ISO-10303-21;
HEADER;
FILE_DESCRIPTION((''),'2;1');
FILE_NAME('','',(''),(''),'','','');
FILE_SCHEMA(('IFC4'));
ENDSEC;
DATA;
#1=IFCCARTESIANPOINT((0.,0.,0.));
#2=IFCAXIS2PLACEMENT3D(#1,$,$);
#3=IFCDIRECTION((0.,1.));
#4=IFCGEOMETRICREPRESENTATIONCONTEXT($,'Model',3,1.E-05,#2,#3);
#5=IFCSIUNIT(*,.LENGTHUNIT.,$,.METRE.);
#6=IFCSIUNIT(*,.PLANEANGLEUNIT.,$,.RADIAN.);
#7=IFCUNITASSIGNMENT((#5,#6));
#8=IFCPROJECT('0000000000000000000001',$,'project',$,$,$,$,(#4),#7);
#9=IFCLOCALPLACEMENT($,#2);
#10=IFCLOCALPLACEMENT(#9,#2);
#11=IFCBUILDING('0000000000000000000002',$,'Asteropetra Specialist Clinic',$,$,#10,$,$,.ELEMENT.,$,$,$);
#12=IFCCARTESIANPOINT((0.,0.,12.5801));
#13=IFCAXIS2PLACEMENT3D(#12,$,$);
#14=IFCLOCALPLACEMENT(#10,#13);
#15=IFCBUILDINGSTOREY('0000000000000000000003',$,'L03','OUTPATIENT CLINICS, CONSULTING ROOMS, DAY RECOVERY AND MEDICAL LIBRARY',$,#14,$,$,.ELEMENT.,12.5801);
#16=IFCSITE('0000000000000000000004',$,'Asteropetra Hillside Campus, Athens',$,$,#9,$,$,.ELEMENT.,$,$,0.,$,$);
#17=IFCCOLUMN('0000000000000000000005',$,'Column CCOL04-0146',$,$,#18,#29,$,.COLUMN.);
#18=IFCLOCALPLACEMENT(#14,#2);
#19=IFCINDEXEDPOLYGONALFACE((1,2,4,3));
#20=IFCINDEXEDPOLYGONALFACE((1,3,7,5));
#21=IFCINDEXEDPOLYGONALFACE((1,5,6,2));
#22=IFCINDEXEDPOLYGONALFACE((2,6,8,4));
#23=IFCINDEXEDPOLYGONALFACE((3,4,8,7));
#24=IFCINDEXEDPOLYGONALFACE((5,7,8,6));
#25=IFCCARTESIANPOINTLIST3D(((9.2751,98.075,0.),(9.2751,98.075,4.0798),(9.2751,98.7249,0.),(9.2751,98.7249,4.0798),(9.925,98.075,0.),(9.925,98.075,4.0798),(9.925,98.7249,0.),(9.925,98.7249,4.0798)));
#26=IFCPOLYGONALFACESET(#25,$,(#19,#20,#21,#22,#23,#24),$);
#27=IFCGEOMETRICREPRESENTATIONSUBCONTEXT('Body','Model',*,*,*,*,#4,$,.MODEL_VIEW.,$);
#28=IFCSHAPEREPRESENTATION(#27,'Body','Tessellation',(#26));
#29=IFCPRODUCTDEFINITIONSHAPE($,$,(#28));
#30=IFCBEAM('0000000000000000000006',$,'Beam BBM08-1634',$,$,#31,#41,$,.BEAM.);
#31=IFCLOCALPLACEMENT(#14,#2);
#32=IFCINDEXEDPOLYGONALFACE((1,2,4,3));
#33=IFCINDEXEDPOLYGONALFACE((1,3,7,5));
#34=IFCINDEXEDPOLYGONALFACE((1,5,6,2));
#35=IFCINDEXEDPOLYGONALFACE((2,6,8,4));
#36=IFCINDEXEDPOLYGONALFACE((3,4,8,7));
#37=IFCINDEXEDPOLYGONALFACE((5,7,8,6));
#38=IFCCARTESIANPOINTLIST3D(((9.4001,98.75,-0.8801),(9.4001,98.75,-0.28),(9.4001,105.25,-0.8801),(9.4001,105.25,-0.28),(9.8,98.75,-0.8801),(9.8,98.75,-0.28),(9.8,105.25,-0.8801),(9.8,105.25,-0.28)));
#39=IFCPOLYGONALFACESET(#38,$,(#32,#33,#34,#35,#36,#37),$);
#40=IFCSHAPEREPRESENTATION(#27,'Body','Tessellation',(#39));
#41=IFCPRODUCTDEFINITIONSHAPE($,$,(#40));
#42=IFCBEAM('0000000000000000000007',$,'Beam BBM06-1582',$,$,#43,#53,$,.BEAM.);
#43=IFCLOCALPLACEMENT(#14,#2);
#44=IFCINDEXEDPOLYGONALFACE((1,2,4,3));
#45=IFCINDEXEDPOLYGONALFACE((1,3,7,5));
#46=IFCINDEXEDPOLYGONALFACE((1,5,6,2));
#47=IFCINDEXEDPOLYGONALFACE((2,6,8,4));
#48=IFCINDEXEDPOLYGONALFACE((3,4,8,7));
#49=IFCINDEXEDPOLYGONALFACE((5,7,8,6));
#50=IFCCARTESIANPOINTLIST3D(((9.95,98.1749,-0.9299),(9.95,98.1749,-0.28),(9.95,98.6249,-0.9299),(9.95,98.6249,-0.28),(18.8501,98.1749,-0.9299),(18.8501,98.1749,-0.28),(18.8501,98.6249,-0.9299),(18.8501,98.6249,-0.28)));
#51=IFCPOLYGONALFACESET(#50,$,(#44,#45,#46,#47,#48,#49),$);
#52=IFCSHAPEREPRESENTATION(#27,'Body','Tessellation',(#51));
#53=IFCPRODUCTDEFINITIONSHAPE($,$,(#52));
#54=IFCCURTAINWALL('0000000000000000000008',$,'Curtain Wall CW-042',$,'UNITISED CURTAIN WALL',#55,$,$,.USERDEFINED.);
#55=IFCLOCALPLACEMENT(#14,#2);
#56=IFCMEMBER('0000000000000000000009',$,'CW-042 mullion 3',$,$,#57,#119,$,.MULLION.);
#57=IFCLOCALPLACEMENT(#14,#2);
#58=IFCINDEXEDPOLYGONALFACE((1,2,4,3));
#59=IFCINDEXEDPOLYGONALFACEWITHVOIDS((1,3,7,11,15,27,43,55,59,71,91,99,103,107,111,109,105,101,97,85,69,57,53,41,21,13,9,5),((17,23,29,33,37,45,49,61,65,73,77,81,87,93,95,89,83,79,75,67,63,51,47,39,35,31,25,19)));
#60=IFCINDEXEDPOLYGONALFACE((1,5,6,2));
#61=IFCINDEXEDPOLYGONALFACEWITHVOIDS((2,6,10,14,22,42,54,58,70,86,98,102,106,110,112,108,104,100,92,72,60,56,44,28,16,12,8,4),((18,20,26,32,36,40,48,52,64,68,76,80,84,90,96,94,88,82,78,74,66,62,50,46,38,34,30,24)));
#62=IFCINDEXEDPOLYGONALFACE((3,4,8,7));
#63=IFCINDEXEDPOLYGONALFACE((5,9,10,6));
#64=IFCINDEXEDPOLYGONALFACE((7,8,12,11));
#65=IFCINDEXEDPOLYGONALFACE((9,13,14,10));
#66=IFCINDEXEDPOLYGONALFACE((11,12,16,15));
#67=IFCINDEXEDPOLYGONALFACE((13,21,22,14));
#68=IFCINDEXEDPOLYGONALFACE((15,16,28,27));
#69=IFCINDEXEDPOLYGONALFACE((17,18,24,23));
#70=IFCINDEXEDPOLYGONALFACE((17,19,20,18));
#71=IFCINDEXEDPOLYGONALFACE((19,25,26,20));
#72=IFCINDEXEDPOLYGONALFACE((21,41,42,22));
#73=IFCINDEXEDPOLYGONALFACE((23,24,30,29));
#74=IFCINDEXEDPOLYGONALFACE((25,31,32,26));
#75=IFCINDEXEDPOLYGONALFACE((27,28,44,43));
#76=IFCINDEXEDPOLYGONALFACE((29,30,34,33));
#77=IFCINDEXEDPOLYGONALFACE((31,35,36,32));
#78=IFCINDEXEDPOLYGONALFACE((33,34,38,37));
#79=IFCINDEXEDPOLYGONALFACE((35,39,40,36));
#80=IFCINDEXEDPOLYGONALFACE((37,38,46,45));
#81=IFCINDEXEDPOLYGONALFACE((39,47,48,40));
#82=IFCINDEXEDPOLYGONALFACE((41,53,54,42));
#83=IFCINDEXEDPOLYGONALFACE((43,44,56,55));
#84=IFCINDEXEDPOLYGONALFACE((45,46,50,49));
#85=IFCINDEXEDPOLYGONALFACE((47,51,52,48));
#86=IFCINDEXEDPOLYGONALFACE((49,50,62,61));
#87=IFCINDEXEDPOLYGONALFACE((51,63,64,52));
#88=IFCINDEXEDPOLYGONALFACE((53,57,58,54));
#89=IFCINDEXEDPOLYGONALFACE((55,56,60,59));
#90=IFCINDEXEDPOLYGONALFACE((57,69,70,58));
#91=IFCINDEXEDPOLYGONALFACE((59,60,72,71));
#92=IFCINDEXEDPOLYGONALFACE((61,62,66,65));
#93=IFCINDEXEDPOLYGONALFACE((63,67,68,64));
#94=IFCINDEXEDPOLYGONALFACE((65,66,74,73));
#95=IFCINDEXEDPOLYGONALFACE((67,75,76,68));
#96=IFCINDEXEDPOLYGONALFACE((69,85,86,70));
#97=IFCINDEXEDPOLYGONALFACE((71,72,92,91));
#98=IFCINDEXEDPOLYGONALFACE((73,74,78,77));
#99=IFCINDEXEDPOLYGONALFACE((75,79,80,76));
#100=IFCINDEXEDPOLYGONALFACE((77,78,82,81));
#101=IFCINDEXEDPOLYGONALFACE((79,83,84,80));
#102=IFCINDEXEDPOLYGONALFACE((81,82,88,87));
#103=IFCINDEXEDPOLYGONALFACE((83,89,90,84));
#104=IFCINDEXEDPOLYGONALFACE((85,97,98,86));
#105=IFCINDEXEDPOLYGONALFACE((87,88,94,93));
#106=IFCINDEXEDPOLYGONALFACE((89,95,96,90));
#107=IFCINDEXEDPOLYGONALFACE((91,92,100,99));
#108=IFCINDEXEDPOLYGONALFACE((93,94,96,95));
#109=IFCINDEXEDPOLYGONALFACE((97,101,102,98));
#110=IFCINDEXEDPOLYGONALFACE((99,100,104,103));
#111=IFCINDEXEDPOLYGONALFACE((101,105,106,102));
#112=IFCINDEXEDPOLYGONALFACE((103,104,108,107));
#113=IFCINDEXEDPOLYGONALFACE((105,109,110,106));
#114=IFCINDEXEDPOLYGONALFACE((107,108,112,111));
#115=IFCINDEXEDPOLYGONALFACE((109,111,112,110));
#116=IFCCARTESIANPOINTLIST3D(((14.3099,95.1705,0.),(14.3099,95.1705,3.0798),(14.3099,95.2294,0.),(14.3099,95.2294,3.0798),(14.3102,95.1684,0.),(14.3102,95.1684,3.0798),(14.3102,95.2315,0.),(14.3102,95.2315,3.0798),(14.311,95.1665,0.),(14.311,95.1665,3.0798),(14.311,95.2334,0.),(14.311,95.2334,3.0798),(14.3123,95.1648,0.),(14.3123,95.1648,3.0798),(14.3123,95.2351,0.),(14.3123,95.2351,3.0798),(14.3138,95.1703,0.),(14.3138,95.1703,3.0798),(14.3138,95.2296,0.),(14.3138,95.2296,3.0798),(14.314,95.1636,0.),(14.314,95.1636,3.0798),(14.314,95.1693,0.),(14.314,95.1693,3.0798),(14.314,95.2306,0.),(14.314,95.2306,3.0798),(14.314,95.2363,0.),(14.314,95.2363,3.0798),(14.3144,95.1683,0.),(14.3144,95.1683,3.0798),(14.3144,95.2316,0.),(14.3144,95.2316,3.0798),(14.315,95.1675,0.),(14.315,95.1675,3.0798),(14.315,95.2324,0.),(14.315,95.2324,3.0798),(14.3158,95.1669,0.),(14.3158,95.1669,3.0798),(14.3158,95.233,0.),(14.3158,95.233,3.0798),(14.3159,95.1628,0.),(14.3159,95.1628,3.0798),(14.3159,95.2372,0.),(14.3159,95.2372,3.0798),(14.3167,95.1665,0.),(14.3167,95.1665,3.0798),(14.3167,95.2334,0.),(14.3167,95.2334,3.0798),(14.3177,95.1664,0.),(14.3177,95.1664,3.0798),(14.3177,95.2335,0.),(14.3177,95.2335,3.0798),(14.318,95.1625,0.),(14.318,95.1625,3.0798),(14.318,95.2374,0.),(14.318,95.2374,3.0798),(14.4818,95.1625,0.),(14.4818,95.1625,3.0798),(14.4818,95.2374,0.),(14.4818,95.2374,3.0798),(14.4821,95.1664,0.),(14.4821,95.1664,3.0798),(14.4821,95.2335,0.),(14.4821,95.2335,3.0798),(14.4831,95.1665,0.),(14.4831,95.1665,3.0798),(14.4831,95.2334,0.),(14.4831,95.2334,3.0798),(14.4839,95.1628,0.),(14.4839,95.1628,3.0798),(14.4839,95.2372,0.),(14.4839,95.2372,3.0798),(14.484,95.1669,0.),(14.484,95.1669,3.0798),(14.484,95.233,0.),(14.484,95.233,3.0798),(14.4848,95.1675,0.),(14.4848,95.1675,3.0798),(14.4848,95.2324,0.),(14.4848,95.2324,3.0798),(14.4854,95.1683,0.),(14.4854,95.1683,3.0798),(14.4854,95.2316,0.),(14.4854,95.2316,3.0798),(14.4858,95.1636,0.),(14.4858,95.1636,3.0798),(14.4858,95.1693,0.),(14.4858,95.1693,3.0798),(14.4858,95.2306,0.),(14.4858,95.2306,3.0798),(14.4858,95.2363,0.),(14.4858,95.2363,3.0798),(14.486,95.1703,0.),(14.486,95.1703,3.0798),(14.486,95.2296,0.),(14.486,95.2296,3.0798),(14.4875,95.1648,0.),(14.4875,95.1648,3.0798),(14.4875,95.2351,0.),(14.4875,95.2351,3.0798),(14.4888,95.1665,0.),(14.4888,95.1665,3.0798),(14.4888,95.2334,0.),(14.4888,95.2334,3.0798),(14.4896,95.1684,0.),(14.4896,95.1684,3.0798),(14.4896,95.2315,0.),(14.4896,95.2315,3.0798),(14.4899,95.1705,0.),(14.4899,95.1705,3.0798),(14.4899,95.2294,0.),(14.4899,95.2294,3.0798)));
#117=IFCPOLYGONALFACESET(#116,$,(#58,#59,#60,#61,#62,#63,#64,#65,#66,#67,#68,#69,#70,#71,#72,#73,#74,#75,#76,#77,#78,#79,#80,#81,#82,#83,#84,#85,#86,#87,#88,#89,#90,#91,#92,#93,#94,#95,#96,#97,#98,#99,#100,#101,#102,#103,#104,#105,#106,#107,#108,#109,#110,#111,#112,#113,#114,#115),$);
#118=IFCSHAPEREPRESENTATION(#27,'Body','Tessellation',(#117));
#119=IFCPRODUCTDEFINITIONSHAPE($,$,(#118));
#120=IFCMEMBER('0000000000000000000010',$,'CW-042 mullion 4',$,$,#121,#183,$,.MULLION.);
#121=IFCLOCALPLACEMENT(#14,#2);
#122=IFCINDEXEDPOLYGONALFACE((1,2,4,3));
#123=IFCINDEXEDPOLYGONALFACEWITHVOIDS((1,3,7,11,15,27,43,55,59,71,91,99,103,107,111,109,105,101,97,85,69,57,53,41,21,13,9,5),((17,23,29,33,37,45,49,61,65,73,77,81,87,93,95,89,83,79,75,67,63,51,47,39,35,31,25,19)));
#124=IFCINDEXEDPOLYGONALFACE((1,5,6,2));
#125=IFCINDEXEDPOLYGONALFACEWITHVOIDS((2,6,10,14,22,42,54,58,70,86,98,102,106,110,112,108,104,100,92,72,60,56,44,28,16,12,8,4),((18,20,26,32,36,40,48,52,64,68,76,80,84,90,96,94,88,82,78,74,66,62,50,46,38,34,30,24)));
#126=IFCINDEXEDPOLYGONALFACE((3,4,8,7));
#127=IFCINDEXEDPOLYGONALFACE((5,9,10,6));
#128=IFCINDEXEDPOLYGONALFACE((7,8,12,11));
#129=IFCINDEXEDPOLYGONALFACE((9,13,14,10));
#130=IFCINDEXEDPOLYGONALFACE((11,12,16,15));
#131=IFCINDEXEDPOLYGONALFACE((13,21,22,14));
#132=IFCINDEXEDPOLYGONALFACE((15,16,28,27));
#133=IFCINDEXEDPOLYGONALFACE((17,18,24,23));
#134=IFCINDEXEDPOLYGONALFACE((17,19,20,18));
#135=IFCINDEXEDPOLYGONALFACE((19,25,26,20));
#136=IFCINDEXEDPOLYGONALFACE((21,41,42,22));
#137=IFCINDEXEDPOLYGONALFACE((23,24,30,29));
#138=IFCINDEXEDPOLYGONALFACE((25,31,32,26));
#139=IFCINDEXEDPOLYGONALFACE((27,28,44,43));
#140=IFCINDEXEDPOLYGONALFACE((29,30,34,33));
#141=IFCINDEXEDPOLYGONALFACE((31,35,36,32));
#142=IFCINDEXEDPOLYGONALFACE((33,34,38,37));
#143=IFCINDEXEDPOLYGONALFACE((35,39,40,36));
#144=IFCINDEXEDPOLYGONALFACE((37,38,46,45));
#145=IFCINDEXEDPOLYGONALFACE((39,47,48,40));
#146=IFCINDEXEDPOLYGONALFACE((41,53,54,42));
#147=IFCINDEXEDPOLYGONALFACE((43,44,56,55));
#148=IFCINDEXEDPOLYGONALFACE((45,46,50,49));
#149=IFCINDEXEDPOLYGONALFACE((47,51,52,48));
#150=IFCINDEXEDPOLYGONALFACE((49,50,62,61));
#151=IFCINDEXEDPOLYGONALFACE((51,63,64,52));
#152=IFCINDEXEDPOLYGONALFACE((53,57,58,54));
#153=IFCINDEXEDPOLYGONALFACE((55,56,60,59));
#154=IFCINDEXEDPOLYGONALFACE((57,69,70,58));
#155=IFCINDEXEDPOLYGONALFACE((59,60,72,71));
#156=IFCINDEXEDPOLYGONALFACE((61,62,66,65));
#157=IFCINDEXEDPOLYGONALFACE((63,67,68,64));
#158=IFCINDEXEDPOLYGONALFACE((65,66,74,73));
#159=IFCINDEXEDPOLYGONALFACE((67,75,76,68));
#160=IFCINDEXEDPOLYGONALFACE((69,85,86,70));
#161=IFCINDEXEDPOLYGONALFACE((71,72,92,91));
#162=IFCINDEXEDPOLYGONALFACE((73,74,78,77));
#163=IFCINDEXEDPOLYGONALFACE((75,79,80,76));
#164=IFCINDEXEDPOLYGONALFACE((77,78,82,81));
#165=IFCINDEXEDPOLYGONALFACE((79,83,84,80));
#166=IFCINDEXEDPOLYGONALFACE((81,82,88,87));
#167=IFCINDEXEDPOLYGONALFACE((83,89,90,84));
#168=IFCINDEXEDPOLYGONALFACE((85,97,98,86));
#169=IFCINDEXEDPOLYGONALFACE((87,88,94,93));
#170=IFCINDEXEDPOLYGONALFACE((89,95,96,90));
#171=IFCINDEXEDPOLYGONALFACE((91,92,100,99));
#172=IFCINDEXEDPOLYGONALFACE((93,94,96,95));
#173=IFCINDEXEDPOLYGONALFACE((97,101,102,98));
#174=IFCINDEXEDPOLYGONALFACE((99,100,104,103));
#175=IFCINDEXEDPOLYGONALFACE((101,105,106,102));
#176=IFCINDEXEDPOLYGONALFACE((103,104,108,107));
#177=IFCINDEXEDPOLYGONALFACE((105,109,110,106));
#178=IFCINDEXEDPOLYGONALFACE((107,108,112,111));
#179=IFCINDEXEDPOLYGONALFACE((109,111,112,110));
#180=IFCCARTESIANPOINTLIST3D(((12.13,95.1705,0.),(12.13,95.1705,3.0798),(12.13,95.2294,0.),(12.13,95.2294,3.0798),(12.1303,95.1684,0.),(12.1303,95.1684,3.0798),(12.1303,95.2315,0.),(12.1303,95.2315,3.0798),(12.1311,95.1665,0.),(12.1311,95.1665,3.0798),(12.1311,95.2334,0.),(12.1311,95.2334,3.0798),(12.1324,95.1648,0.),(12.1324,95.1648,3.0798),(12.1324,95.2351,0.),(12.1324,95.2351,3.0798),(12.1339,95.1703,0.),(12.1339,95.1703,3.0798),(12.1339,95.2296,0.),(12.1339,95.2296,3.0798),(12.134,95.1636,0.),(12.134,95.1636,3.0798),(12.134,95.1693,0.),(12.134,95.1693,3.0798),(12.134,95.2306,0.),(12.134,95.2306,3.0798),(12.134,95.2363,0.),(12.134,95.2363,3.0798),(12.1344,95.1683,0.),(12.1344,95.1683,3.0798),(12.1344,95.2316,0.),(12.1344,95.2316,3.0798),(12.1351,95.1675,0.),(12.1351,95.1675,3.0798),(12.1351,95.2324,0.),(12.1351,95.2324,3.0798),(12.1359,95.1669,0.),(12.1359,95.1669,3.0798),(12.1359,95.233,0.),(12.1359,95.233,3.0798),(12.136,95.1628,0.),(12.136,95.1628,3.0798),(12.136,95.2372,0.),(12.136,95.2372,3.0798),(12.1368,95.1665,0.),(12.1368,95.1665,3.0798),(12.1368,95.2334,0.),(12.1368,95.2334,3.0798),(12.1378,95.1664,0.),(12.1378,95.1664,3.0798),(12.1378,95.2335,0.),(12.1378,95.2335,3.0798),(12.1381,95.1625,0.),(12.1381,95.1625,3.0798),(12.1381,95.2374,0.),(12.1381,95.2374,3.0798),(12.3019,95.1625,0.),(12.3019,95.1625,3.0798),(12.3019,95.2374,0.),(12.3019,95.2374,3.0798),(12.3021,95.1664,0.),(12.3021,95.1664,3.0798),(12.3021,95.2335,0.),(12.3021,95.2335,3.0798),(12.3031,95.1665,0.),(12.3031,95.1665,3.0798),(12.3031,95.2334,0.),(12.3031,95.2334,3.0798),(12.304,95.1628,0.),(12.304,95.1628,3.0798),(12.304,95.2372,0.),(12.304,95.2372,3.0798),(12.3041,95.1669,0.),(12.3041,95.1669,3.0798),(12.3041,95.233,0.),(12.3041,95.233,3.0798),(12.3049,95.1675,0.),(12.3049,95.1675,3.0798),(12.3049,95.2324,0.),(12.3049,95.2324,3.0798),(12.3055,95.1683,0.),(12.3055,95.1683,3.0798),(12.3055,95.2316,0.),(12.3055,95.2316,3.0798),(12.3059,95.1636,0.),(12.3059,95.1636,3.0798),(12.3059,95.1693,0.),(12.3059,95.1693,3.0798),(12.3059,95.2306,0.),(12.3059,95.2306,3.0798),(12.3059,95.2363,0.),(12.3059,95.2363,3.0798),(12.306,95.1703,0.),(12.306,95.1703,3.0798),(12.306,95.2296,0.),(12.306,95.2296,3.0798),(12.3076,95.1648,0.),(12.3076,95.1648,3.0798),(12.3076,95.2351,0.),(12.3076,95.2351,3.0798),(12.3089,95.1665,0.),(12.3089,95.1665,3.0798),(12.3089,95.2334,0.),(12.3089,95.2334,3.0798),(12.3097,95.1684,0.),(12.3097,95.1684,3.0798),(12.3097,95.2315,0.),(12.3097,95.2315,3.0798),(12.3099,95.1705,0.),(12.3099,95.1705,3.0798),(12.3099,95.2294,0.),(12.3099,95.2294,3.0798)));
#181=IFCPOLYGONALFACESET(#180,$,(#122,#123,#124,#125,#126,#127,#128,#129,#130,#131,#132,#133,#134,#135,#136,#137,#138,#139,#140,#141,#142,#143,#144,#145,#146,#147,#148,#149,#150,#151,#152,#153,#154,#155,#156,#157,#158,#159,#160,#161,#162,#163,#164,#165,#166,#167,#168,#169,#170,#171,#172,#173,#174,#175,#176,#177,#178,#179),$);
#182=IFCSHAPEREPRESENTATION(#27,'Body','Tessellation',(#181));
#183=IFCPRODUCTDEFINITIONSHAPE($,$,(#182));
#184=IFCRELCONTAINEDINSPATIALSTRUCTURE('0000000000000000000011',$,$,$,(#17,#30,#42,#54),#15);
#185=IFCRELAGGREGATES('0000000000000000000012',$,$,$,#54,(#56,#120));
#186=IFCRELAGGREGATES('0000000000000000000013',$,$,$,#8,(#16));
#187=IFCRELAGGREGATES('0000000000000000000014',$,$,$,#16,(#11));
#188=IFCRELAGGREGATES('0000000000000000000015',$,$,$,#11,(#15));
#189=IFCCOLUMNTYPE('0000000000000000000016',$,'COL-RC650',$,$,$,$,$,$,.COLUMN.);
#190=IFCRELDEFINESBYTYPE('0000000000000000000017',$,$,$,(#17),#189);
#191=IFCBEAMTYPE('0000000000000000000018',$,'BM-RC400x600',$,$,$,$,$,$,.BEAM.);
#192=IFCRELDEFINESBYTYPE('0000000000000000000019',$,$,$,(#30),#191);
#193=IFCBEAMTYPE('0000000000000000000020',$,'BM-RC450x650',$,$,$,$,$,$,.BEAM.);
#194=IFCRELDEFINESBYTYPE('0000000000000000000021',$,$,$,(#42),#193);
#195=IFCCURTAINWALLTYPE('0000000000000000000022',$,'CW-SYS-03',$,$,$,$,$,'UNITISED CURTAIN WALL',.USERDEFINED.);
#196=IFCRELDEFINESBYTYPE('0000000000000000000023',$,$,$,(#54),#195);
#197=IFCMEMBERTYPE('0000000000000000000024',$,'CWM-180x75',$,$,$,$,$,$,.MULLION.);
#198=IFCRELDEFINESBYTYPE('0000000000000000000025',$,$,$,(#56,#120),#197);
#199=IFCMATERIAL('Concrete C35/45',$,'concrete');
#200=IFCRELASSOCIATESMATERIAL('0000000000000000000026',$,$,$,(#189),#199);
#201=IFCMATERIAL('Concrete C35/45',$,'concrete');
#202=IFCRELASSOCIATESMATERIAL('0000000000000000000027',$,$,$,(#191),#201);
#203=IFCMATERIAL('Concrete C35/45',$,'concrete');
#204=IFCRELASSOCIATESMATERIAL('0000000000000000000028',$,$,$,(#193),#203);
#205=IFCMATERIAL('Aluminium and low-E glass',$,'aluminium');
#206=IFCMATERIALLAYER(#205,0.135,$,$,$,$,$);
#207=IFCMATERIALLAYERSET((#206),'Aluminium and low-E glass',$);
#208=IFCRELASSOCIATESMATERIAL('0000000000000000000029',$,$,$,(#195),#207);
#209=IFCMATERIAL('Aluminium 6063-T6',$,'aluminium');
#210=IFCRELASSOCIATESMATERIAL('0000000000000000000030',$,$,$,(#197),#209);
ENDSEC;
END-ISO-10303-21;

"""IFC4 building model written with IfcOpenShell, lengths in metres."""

from ifc_helpers import new_model, si_unit, direction, frame, origin, origin_2d, place, context, subcontext, project, spatial, rectangle, hollow_rectangle, extrude, material, layer, layer_set, material_profile, profile_set, type_object, element, aggregate, save


model = new_model("IFC4")

# Units and contexts
model_context = context("Model", 3, precision=1e-05, world=origin(), true_north=direction((0.0, 1.0)))
body_context = subcontext(model_context, "Body", "Model", "MODEL_VIEW")
ifc_project = project(units=[si_unit("LENGTHUNIT", "METRE"), si_unit("PLANEANGLEUNIT", "RADIAN")], contexts=[model_context])

# Site, building, storey
site_placement = place(None, origin())
site = spatial("IfcSite", under=ifc_project, at=site_placement, Name="Asteropetra Hillside Campus, Athens", CompositionType="ELEMENT", RefElevation=0.0)
building_placement = place(site_placement, origin())
building = spatial("IfcBuilding", under=site, at=building_placement, Name="Asteropetra Specialist Clinic", CompositionType="ELEMENT")
storey_placement = place(building_placement, frame((0.0, 0.0, 12.5801)))
storey = spatial("IfcBuildingStorey", under=building, at=storey_placement, Name="L03", Description="OUTPATIENT CLINICS, CONSULTING ROOMS, DAY RECOVERY AND MEDICAL LIBRARY", CompositionType="ELEMENT", Elevation=12.5801)

# Column
ifc_material_1 = material(Name="Concrete C35/45", Category="concrete")
ifc_material_profile_1 = material_profile(ifc_material_1, rectangle(XDim=0.6499, YDim=0.6499, at=origin_2d()), Name="RC 650x650")
ifc_profile_set_1 = profile_set([ifc_material_profile_1], Name="Concrete C35/45")
column_type = type_object("IfcColumnType", Name="COL-RC650", PredefinedType="COLUMN", material=ifc_profile_set_1)
column_placement = place(storey_placement, frame((9.6001, 98.3999, 0.0), z_axis=(0.0, 0.0, 1.0), x_axis=(1.0, 0.0, 0.0)))
element("IfcColumn", 1, at=column_placement, inside=storey, type_object=column_type, Name="Column CCOL04-0146", PredefinedType="COLUMN", context=body_context, shape_type="SweptSolid", body=[
    extrude(rectangle(XDim=0.6499, YDim=0.6499, at=origin_2d()), origin(), (0.0, 0.0, 1.0), 4.0798),
])

# Beams
ifc_material_2 = material(Name="Concrete C35/45", Category="concrete")
ifc_material_profile_2 = material_profile(ifc_material_2, rectangle(XDim=0.3999, YDim=0.6001, at=origin_2d()), Name="RCB 400x600")
ifc_profile_set_2 = profile_set([ifc_material_profile_2], Name="Concrete C35/45")
beam_type_1 = type_object("IfcBeamType", Name="BM-RC400x600", PredefinedType="BEAM", material=ifc_profile_set_2)
beam_1_placement = place(storey_placement, frame((9.6001, 98.75, -0.5801), z_axis=(0.0, 1.0, 0.0), x_axis=(-1.0, 0.0, 0.0)))
element("IfcBeam", 2, at=beam_1_placement, inside=storey, type_object=beam_type_1, Name="Beam BBM08-1634", PredefinedType="BEAM", context=body_context, shape_type="SweptSolid", body=[
    extrude(rectangle(XDim=0.3999, YDim=0.6001, at=origin_2d()), origin(), (0.0, 0.0, 1.0), 6.5),
])
ifc_material_3 = material(Name="Concrete C35/45", Category="concrete")
ifc_material_profile_3 = material_profile(ifc_material_3, rectangle(XDim=0.45, YDim=0.6499, at=origin_2d()), Name="RCB 450x650")
ifc_profile_set_3 = profile_set([ifc_material_profile_3], Name="Concrete C35/45")
beam_type_2 = type_object("IfcBeamType", Name="BM-RC450x650", PredefinedType="BEAM", material=ifc_profile_set_3)
beam_2_placement = place(storey_placement, frame((9.95, 98.3999, -0.605), z_axis=(1.0, 0.0, 0.0), x_axis=(0.0, 1.0, 0.0)))
element("IfcBeam", 3, at=beam_2_placement, inside=storey, type_object=beam_type_2, Name="Beam BBM06-1582", PredefinedType="BEAM", context=body_context, shape_type="SweptSolid", body=[
    extrude(rectangle(XDim=0.45, YDim=0.6499, at=origin_2d()), origin(), (0.0, 0.0, 1.0), 8.9001),
])

# Curtain wall, members
ifc_material_4 = material(Name="Aluminium and low-E glass", Category="aluminium")
ifc_layer_1 = layer(ifc_material_4, 0.135)
ifc_layer_set_1 = layer_set([ifc_layer_1], Name="Aluminium and low-E glass")
curtain_wall_type = type_object("IfcCurtainWallType", Name="CW-SYS-03", ElementType="UNITISED CURTAIN WALL", PredefinedType="USERDEFINED", material=ifc_layer_set_1)
curtain_wall_placement = place(storey_placement, origin())
curtain_wall = element("IfcCurtainWall", 4, at=curtain_wall_placement, inside=storey, type_object=curtain_wall_type, Name="Curtain Wall CW-042", ObjectType="UNITISED CURTAIN WALL", PredefinedType="USERDEFINED")
ifc_material_5 = material(Name="Aluminium 6063-T6", Category="aluminium")
ifc_material_profile_4 = material_profile(ifc_material_5, hollow_rectangle(XDim=0.075, YDim=0.1799, WallThickness=0.0039, InnerFilletRadius=0.0039, OuterFilletRadius=0.0081, at=origin_2d()), Name="MUL 180x75x4.0")
ifc_profile_set_4 = profile_set([ifc_material_profile_4], Name="Aluminium 6063-T6")
member_type_1 = type_object("IfcMemberType", Name="CWM-180x75", PredefinedType="MULLION", material=ifc_profile_set_4)
member_1_placement = place(storey_placement, frame((14.3999, 95.2, 0.0), z_axis=(0.0, 0.0, 1.0), x_axis=(0.0, -1.0, 0.0)))
member_1 = element("IfcMember", 5, at=member_1_placement, type_object=member_type_1, Name="CW-042 mullion 3", PredefinedType="MULLION", context=body_context, shape_type="SweptSolid", body=[
    extrude(hollow_rectangle(XDim=0.075, YDim=0.1799, WallThickness=0.0039, InnerFilletRadius=0.0039, OuterFilletRadius=0.0081, at=origin_2d()), origin(), (0.0, 0.0, 1.0), 3.0798),
])
member_2_placement = place(storey_placement, frame((12.22, 95.2, 0.0), z_axis=(0.0, 0.0, 1.0), x_axis=(0.0, -1.0, 0.0)))
member_2 = element("IfcMember", 6, at=member_2_placement, type_object=member_type_1, Name="CW-042 mullion 4", PredefinedType="MULLION", context=body_context, shape_type="SweptSolid", body=[
    extrude(hollow_rectangle(XDim=0.075, YDim=0.1799, WallThickness=0.0039, InnerFilletRadius=0.0039, OuterFilletRadius=0.0081, at=origin_2d()), origin(), (0.0, 0.0, 1.0), 3.0798),
])

aggregate(curtain_wall, [member_1, member_2])

save(model, "model.ifc")
